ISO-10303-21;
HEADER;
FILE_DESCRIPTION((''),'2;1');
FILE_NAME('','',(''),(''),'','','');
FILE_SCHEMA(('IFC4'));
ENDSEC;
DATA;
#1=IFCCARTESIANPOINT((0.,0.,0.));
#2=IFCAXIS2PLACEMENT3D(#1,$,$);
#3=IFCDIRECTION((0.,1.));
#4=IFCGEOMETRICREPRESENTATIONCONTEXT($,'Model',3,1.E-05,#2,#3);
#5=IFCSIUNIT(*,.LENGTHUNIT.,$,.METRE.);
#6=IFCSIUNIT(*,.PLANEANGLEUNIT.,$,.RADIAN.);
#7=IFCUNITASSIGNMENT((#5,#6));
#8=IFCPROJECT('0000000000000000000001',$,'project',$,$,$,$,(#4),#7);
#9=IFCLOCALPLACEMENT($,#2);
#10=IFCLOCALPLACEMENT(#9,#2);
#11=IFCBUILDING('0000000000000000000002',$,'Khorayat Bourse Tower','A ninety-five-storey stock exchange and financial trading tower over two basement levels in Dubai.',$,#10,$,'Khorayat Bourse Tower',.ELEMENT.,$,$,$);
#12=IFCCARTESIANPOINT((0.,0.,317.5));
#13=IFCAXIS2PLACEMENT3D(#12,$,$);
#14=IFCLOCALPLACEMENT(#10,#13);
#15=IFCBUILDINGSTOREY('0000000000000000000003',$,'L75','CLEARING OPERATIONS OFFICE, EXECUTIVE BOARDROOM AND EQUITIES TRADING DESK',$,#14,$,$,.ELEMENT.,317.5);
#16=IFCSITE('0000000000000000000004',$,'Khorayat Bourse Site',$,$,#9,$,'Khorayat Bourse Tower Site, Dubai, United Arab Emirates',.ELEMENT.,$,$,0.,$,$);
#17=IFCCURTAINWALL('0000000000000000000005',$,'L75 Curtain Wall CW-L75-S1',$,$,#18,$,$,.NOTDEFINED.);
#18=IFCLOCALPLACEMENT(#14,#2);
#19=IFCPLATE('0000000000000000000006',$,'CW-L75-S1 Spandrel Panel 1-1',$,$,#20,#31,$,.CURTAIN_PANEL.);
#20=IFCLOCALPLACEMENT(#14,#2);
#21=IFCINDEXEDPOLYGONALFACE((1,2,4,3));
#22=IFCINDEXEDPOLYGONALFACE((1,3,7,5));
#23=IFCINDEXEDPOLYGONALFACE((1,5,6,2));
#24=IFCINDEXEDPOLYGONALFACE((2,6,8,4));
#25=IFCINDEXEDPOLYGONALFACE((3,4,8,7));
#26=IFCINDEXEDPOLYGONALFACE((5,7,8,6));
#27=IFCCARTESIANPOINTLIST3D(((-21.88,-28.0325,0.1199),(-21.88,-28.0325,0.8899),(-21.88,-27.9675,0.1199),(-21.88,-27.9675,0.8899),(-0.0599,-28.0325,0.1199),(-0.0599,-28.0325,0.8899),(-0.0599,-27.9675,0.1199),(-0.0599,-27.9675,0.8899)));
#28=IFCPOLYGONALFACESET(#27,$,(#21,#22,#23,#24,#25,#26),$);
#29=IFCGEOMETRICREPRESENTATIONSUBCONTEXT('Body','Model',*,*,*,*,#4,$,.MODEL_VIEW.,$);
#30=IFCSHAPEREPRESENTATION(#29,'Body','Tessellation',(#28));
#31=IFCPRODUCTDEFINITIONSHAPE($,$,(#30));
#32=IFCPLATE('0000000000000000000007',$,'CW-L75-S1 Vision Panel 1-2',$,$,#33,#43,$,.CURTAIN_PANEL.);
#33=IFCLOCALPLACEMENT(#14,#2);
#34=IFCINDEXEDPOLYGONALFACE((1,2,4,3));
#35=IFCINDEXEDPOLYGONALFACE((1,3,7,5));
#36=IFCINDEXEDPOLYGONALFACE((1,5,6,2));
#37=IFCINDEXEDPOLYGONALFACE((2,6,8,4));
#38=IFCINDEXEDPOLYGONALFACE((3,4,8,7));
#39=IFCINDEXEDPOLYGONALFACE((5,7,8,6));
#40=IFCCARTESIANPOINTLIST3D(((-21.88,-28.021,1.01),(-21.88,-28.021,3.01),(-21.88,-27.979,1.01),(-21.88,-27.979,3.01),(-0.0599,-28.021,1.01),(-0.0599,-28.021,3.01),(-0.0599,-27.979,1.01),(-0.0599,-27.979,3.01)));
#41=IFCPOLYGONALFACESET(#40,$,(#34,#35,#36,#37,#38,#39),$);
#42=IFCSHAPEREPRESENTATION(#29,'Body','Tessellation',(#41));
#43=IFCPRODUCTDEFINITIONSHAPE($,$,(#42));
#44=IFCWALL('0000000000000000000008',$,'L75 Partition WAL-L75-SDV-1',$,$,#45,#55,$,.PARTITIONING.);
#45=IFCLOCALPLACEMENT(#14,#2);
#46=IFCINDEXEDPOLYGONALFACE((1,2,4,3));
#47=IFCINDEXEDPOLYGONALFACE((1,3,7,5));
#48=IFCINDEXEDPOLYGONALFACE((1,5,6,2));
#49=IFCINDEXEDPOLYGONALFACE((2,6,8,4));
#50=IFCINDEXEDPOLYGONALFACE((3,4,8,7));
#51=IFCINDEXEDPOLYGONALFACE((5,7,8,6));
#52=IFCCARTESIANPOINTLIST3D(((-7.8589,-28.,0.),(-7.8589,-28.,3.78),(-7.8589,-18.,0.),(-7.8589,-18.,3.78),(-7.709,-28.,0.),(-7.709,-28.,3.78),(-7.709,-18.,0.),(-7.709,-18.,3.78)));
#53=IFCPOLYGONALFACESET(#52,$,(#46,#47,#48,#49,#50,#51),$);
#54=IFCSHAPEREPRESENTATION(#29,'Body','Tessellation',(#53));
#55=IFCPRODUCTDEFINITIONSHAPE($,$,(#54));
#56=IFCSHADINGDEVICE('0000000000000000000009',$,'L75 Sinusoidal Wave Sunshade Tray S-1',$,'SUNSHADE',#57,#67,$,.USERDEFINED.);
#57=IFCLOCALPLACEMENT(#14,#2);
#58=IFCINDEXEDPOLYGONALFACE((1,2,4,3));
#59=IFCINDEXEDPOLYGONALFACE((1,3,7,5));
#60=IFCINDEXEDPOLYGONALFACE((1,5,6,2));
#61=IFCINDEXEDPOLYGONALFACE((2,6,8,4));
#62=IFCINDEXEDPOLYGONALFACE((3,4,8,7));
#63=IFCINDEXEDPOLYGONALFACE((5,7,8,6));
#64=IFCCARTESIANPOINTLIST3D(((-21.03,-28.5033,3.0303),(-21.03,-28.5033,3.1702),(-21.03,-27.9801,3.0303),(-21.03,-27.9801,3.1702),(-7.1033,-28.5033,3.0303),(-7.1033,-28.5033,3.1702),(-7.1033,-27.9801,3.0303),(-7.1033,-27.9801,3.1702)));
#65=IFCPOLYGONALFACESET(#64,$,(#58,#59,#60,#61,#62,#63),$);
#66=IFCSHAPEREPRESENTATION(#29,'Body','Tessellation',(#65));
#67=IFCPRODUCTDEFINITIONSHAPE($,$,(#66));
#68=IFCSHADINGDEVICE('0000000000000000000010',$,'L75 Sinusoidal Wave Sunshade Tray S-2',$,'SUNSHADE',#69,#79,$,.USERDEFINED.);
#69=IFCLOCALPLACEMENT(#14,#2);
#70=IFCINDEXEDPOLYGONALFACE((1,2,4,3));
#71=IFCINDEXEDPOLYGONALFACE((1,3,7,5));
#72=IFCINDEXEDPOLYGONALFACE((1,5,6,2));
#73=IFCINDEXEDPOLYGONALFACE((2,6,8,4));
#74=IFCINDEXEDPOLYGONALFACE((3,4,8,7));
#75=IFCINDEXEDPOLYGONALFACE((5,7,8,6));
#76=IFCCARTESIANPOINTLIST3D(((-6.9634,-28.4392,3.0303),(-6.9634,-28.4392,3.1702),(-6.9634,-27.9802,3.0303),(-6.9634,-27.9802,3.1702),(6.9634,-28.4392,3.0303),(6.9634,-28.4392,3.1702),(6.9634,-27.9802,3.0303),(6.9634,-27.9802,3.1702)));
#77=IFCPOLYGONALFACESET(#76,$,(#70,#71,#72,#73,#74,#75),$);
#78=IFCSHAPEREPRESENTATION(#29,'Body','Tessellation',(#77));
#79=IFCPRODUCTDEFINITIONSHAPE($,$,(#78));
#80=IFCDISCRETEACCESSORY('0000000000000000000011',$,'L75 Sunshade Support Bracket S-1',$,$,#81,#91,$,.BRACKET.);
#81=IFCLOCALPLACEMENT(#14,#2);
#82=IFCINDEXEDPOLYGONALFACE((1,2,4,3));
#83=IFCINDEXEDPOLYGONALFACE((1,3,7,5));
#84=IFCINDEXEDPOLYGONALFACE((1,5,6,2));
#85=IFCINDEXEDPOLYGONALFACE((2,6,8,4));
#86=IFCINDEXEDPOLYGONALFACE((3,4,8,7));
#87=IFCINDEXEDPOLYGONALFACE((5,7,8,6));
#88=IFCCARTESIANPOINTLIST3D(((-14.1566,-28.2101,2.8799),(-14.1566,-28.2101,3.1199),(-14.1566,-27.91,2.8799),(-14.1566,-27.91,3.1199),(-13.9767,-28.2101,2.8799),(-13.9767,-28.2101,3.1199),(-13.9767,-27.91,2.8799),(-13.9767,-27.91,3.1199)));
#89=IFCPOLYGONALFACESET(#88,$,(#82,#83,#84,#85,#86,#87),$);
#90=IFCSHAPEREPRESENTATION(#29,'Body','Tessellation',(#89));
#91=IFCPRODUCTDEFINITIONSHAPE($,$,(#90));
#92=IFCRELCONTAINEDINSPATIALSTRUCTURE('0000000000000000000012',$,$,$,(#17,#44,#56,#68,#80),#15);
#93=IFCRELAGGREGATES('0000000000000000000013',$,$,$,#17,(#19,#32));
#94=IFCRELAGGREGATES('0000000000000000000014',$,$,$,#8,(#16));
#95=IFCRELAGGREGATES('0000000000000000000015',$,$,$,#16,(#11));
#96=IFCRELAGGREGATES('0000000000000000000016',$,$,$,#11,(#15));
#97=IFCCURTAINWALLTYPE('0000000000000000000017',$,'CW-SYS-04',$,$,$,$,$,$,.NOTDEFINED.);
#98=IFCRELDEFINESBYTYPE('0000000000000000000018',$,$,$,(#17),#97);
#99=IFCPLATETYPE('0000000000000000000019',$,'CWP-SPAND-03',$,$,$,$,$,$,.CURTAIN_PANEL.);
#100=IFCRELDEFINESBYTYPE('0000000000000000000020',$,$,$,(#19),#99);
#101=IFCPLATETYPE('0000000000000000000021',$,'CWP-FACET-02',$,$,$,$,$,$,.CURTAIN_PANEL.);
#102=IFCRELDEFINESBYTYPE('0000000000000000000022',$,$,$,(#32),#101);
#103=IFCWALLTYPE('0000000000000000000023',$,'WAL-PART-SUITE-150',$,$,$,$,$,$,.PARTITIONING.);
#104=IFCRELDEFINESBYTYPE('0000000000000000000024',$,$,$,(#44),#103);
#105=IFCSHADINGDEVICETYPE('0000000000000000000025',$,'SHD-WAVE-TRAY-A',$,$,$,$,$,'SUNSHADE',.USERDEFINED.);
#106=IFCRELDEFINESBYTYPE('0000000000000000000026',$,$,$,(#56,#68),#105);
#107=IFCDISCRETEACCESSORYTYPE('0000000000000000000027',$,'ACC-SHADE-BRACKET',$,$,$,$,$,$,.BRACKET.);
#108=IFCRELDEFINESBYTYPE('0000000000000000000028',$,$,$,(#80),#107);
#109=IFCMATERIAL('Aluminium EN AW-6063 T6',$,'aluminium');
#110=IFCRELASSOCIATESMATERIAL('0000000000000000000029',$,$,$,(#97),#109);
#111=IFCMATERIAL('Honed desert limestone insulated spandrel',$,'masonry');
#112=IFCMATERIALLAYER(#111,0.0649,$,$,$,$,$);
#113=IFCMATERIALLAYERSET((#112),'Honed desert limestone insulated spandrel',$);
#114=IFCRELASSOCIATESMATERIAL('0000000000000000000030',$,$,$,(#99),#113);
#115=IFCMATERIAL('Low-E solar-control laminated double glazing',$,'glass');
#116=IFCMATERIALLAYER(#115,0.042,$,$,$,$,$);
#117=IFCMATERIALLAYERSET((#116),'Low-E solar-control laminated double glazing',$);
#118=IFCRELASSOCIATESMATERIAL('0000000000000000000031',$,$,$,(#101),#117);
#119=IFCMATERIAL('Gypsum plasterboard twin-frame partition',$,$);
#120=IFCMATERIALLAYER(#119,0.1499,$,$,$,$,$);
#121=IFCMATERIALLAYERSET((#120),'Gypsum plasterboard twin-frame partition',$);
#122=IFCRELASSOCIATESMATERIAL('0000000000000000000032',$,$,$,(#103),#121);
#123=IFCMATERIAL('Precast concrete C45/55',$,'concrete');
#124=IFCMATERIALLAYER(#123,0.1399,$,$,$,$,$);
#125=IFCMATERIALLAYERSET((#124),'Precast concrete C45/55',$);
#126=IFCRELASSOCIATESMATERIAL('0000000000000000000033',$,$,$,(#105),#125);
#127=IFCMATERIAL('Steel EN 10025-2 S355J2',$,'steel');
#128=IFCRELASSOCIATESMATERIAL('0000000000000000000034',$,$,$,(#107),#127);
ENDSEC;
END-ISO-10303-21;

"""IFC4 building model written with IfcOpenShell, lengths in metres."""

from ifc_helpers import new_model, si_unit, direction, frame, frame_2d, origin, origin_2d, place, context, subcontext, project, spatial, rectangle, extrude, source, transform, mapped, material, layer, layer_set, type_object, element, aggregate, save


model = new_model("IFC4")

# Units and contexts
model_context = context("Model", 3, precision=1e-05, world=origin(), true_north=direction((0.0, 1.0)))
body_context = subcontext(model_context, "Body", "Model", "MODEL_VIEW")
ifc_project = project(units=[si_unit("LENGTHUNIT", "METRE"), si_unit("PLANEANGLEUNIT", "RADIAN")], contexts=[model_context])

# Site, building, storey
site_placement = place(None, origin())
site = spatial("IfcSite", under=ifc_project, at=site_placement, Name="Khorayat Bourse Site", LongName="Khorayat Bourse Tower Site, Dubai, United Arab Emirates", CompositionType="ELEMENT", RefElevation=0.0)
building_placement = place(site_placement, origin())
building = spatial("IfcBuilding", under=site, at=building_placement, Name="Khorayat Bourse Tower", Description="A ninety-five-storey stock exchange and financial trading tower over two basement levels in Dubai.", LongName="Khorayat Bourse Tower", CompositionType="ELEMENT")
storey_placement = place(building_placement, frame((0.0, 0.0, 317.5)))
storey = spatial("IfcBuildingStorey", under=building, at=storey_placement, Name="L75", Description="CLEARING OPERATIONS OFFICE, EXECUTIVE BOARDROOM AND EQUITIES TRADING DESK", CompositionType="ELEMENT", Elevation=317.5)

# Curtain wall
ifc_material_1 = material(Name="Aluminium EN AW-6063 T6", Category="aluminium")
curtain_wall_type = type_object("IfcCurtainWallType", Name="CW-SYS-04", PredefinedType="NOTDEFINED", material=ifc_material_1)
curtain_wall_placement = place(storey_placement, origin())
curtain_wall = element("IfcCurtainWall", 1, at=curtain_wall_placement, inside=storey, type_object=curtain_wall_type, Name="L75 Curtain Wall CW-L75-S1", PredefinedType="NOTDEFINED")

# Plates
ifc_material_2 = material(Name="Steel EN 10025-2 S355J2", Category="steel")
ifc_material_3 = material(Name="Honed desert limestone insulated spandrel", Category="masonry")
ifc_layer_1 = layer(ifc_material_3, 0.0649)
ifc_layer_set_1 = layer_set([ifc_layer_1], Name="Honed desert limestone insulated spandrel")
plate_type_1 = type_object("IfcPlateType", Name="CWP-SPAND-03", PredefinedType="CURTAIN_PANEL", material=ifc_layer_set_1)
shared_shape_1 = source(origin(), body_context, "Body", "SweptSolid", [
    extrude(rectangle(XDim=21.8201, YDim=0.0649, at=origin_2d()), origin(), (0.0, 0.0, 1.0), 0.77),
])
plate_1_placement = place(storey_placement, frame((-10.97, -28.0, 0.1199), z_axis=(0.0, 0.0, 1.0), x_axis=(1.0, 0.0, 0.0)))
plate_1 = element("IfcPlate", 2, at=plate_1_placement, type_object=plate_type_1, Name="CW-L75-S1 Spandrel Panel 1-1", PredefinedType="CURTAIN_PANEL", context=body_context, shape_type="MappedRepresentation", body=[
    mapped(shared_shape_1, transform((0.0, 0.0, 0.0), scale=1.0)),
])
ifc_material_4 = material(Name="Low-E solar-control laminated double glazing", Category="glass")
ifc_layer_2 = layer(ifc_material_4, 0.042)
ifc_layer_set_2 = layer_set([ifc_layer_2], Name="Low-E solar-control laminated double glazing")
plate_type_2 = type_object("IfcPlateType", Name="CWP-FACET-02", PredefinedType="CURTAIN_PANEL", material=ifc_layer_set_2)
shared_shape_2 = source(origin(), body_context, "Body", "SweptSolid", [
    extrude(rectangle(XDim=21.8201, YDim=0.042, at=origin_2d()), origin(), (0.0, 0.0, 1.0), 2.0),
])
plate_2_placement = place(storey_placement, frame((-10.97, -28.0, 1.01), z_axis=(0.0, 0.0, 1.0), x_axis=(1.0, 0.0, 0.0)))
plate_2 = element("IfcPlate", 3, at=plate_2_placement, type_object=plate_type_2, Name="CW-L75-S1 Vision Panel 1-2", PredefinedType="CURTAIN_PANEL", context=body_context, shape_type="MappedRepresentation", body=[
    mapped(shared_shape_2, transform((0.0, 0.0, 0.0), scale=1.0)),
])
aggregate(curtain_wall, [plate_1, plate_2])

# Wall
ifc_material_5 = material(Name="Gypsum plasterboard twin-frame partition")
ifc_layer_3 = layer(ifc_material_5, 0.1499)
ifc_layer_set_3 = layer_set([ifc_layer_3], Name="Gypsum plasterboard twin-frame partition")
wall_type = type_object("IfcWallType", Name="WAL-PART-SUITE-150", PredefinedType="PARTITIONING", material=ifc_layer_set_3)
shared_shape_3 = source(origin(), body_context, "Body", "SweptSolid", [
    extrude(rectangle(XDim=10.0, YDim=0.1499, at=frame_2d((5.0, 0.0))), origin(), (0.0, 0.0, 1.0), 3.78),
])
wall_placement = place(storey_placement, frame((-7.7839, -28.0, 0.0), z_axis=(0.0, 0.0, 1.0), x_axis=(0.0, 1.0, 0.0)))
element("IfcWall", 4, at=wall_placement, inside=storey, type_object=wall_type, Name="L75 Partition WAL-L75-SDV-1", PredefinedType="PARTITIONING", context=body_context, shape_type="MappedRepresentation", body=[
    mapped(shared_shape_3, transform((0.0, 0.0, 0.0), scale=1.0)),
])

# Shading devices
ifc_material_6 = material(Name="Precast concrete C45/55", Category="concrete")
ifc_layer_4 = layer(ifc_material_6, 0.1399)
ifc_layer_set_4 = layer_set([ifc_layer_4], Name="Precast concrete C45/55")
shading_device_type = type_object("IfcShadingDeviceType", Name="SHD-WAVE-TRAY-A", ElementType="SUNSHADE", PredefinedType="USERDEFINED", material=ifc_layer_set_4)
shared_shape_4 = source(origin(), body_context, "Body", "SweptSolid", [
    extrude(rectangle(XDim=13.9268, YDim=0.5232, at=origin_2d()), origin(), (0.0, 0.0, 1.0), 0.1399),
])
shading_device_1_placement = place(storey_placement, frame((-14.0667, -28.2417, 3.0303), z_axis=(0.0, 0.0, 1.0), x_axis=(1.0, 0.0, 0.0)))
element("IfcShadingDevice", 5, at=shading_device_1_placement, inside=storey, type_object=shading_device_type, Name="L75 Sinusoidal Wave Sunshade Tray S-1", ObjectType="SUNSHADE", PredefinedType="USERDEFINED", context=body_context, shape_type="MappedRepresentation", body=[
    mapped(shared_shape_4, transform((0.0, 0.0, 0.0), scale=1.0)),
])
shared_shape_5 = source(origin(), body_context, "Body", "SweptSolid", [
    extrude(rectangle(XDim=13.9268, YDim=0.459, at=origin_2d()), origin(), (0.0, 0.0, 1.0), 0.1399),
])
shading_device_2_placement = place(storey_placement, frame((0.0, -28.2097, 3.0303), z_axis=(0.0, 0.0, 1.0), x_axis=(1.0, 0.0, 0.0)))
element("IfcShadingDevice", 6, at=shading_device_2_placement, inside=storey, type_object=shading_device_type, Name="L75 Sinusoidal Wave Sunshade Tray S-2", ObjectType="SUNSHADE", PredefinedType="USERDEFINED", context=body_context, shape_type="MappedRepresentation", body=[
    mapped(shared_shape_5, transform((0.0, 0.0, 0.0), scale=1.0)),
])

# Discrete accessory
discrete_accessory_type = type_object("IfcDiscreteAccessoryType", Name="ACC-SHADE-BRACKET", PredefinedType="BRACKET", material=ifc_material_2)
shared_shape_6 = source(origin(), body_context, "Body", "SweptSolid", [
    extrude(rectangle(XDim=0.1799, YDim=0.3, at=origin_2d()), origin(), (0.0, 0.0, 1.0), 0.24),
])
discrete_accessory_placement = place(storey_placement, frame((-14.0667, -28.0601, 2.8799), z_axis=(0.0, 0.0, 1.0), x_axis=(1.0, 0.0, 0.0)))
element("IfcDiscreteAccessory", 7, at=discrete_accessory_placement, inside=storey, type_object=discrete_accessory_type, Name="L75 Sunshade Support Bracket S-1", PredefinedType="BRACKET", context=body_context, shape_type="MappedRepresentation", body=[
    mapped(shared_shape_6, transform((0.0, 0.0, 0.0), scale=1.0)),
])

save(model, "model.ifc")
